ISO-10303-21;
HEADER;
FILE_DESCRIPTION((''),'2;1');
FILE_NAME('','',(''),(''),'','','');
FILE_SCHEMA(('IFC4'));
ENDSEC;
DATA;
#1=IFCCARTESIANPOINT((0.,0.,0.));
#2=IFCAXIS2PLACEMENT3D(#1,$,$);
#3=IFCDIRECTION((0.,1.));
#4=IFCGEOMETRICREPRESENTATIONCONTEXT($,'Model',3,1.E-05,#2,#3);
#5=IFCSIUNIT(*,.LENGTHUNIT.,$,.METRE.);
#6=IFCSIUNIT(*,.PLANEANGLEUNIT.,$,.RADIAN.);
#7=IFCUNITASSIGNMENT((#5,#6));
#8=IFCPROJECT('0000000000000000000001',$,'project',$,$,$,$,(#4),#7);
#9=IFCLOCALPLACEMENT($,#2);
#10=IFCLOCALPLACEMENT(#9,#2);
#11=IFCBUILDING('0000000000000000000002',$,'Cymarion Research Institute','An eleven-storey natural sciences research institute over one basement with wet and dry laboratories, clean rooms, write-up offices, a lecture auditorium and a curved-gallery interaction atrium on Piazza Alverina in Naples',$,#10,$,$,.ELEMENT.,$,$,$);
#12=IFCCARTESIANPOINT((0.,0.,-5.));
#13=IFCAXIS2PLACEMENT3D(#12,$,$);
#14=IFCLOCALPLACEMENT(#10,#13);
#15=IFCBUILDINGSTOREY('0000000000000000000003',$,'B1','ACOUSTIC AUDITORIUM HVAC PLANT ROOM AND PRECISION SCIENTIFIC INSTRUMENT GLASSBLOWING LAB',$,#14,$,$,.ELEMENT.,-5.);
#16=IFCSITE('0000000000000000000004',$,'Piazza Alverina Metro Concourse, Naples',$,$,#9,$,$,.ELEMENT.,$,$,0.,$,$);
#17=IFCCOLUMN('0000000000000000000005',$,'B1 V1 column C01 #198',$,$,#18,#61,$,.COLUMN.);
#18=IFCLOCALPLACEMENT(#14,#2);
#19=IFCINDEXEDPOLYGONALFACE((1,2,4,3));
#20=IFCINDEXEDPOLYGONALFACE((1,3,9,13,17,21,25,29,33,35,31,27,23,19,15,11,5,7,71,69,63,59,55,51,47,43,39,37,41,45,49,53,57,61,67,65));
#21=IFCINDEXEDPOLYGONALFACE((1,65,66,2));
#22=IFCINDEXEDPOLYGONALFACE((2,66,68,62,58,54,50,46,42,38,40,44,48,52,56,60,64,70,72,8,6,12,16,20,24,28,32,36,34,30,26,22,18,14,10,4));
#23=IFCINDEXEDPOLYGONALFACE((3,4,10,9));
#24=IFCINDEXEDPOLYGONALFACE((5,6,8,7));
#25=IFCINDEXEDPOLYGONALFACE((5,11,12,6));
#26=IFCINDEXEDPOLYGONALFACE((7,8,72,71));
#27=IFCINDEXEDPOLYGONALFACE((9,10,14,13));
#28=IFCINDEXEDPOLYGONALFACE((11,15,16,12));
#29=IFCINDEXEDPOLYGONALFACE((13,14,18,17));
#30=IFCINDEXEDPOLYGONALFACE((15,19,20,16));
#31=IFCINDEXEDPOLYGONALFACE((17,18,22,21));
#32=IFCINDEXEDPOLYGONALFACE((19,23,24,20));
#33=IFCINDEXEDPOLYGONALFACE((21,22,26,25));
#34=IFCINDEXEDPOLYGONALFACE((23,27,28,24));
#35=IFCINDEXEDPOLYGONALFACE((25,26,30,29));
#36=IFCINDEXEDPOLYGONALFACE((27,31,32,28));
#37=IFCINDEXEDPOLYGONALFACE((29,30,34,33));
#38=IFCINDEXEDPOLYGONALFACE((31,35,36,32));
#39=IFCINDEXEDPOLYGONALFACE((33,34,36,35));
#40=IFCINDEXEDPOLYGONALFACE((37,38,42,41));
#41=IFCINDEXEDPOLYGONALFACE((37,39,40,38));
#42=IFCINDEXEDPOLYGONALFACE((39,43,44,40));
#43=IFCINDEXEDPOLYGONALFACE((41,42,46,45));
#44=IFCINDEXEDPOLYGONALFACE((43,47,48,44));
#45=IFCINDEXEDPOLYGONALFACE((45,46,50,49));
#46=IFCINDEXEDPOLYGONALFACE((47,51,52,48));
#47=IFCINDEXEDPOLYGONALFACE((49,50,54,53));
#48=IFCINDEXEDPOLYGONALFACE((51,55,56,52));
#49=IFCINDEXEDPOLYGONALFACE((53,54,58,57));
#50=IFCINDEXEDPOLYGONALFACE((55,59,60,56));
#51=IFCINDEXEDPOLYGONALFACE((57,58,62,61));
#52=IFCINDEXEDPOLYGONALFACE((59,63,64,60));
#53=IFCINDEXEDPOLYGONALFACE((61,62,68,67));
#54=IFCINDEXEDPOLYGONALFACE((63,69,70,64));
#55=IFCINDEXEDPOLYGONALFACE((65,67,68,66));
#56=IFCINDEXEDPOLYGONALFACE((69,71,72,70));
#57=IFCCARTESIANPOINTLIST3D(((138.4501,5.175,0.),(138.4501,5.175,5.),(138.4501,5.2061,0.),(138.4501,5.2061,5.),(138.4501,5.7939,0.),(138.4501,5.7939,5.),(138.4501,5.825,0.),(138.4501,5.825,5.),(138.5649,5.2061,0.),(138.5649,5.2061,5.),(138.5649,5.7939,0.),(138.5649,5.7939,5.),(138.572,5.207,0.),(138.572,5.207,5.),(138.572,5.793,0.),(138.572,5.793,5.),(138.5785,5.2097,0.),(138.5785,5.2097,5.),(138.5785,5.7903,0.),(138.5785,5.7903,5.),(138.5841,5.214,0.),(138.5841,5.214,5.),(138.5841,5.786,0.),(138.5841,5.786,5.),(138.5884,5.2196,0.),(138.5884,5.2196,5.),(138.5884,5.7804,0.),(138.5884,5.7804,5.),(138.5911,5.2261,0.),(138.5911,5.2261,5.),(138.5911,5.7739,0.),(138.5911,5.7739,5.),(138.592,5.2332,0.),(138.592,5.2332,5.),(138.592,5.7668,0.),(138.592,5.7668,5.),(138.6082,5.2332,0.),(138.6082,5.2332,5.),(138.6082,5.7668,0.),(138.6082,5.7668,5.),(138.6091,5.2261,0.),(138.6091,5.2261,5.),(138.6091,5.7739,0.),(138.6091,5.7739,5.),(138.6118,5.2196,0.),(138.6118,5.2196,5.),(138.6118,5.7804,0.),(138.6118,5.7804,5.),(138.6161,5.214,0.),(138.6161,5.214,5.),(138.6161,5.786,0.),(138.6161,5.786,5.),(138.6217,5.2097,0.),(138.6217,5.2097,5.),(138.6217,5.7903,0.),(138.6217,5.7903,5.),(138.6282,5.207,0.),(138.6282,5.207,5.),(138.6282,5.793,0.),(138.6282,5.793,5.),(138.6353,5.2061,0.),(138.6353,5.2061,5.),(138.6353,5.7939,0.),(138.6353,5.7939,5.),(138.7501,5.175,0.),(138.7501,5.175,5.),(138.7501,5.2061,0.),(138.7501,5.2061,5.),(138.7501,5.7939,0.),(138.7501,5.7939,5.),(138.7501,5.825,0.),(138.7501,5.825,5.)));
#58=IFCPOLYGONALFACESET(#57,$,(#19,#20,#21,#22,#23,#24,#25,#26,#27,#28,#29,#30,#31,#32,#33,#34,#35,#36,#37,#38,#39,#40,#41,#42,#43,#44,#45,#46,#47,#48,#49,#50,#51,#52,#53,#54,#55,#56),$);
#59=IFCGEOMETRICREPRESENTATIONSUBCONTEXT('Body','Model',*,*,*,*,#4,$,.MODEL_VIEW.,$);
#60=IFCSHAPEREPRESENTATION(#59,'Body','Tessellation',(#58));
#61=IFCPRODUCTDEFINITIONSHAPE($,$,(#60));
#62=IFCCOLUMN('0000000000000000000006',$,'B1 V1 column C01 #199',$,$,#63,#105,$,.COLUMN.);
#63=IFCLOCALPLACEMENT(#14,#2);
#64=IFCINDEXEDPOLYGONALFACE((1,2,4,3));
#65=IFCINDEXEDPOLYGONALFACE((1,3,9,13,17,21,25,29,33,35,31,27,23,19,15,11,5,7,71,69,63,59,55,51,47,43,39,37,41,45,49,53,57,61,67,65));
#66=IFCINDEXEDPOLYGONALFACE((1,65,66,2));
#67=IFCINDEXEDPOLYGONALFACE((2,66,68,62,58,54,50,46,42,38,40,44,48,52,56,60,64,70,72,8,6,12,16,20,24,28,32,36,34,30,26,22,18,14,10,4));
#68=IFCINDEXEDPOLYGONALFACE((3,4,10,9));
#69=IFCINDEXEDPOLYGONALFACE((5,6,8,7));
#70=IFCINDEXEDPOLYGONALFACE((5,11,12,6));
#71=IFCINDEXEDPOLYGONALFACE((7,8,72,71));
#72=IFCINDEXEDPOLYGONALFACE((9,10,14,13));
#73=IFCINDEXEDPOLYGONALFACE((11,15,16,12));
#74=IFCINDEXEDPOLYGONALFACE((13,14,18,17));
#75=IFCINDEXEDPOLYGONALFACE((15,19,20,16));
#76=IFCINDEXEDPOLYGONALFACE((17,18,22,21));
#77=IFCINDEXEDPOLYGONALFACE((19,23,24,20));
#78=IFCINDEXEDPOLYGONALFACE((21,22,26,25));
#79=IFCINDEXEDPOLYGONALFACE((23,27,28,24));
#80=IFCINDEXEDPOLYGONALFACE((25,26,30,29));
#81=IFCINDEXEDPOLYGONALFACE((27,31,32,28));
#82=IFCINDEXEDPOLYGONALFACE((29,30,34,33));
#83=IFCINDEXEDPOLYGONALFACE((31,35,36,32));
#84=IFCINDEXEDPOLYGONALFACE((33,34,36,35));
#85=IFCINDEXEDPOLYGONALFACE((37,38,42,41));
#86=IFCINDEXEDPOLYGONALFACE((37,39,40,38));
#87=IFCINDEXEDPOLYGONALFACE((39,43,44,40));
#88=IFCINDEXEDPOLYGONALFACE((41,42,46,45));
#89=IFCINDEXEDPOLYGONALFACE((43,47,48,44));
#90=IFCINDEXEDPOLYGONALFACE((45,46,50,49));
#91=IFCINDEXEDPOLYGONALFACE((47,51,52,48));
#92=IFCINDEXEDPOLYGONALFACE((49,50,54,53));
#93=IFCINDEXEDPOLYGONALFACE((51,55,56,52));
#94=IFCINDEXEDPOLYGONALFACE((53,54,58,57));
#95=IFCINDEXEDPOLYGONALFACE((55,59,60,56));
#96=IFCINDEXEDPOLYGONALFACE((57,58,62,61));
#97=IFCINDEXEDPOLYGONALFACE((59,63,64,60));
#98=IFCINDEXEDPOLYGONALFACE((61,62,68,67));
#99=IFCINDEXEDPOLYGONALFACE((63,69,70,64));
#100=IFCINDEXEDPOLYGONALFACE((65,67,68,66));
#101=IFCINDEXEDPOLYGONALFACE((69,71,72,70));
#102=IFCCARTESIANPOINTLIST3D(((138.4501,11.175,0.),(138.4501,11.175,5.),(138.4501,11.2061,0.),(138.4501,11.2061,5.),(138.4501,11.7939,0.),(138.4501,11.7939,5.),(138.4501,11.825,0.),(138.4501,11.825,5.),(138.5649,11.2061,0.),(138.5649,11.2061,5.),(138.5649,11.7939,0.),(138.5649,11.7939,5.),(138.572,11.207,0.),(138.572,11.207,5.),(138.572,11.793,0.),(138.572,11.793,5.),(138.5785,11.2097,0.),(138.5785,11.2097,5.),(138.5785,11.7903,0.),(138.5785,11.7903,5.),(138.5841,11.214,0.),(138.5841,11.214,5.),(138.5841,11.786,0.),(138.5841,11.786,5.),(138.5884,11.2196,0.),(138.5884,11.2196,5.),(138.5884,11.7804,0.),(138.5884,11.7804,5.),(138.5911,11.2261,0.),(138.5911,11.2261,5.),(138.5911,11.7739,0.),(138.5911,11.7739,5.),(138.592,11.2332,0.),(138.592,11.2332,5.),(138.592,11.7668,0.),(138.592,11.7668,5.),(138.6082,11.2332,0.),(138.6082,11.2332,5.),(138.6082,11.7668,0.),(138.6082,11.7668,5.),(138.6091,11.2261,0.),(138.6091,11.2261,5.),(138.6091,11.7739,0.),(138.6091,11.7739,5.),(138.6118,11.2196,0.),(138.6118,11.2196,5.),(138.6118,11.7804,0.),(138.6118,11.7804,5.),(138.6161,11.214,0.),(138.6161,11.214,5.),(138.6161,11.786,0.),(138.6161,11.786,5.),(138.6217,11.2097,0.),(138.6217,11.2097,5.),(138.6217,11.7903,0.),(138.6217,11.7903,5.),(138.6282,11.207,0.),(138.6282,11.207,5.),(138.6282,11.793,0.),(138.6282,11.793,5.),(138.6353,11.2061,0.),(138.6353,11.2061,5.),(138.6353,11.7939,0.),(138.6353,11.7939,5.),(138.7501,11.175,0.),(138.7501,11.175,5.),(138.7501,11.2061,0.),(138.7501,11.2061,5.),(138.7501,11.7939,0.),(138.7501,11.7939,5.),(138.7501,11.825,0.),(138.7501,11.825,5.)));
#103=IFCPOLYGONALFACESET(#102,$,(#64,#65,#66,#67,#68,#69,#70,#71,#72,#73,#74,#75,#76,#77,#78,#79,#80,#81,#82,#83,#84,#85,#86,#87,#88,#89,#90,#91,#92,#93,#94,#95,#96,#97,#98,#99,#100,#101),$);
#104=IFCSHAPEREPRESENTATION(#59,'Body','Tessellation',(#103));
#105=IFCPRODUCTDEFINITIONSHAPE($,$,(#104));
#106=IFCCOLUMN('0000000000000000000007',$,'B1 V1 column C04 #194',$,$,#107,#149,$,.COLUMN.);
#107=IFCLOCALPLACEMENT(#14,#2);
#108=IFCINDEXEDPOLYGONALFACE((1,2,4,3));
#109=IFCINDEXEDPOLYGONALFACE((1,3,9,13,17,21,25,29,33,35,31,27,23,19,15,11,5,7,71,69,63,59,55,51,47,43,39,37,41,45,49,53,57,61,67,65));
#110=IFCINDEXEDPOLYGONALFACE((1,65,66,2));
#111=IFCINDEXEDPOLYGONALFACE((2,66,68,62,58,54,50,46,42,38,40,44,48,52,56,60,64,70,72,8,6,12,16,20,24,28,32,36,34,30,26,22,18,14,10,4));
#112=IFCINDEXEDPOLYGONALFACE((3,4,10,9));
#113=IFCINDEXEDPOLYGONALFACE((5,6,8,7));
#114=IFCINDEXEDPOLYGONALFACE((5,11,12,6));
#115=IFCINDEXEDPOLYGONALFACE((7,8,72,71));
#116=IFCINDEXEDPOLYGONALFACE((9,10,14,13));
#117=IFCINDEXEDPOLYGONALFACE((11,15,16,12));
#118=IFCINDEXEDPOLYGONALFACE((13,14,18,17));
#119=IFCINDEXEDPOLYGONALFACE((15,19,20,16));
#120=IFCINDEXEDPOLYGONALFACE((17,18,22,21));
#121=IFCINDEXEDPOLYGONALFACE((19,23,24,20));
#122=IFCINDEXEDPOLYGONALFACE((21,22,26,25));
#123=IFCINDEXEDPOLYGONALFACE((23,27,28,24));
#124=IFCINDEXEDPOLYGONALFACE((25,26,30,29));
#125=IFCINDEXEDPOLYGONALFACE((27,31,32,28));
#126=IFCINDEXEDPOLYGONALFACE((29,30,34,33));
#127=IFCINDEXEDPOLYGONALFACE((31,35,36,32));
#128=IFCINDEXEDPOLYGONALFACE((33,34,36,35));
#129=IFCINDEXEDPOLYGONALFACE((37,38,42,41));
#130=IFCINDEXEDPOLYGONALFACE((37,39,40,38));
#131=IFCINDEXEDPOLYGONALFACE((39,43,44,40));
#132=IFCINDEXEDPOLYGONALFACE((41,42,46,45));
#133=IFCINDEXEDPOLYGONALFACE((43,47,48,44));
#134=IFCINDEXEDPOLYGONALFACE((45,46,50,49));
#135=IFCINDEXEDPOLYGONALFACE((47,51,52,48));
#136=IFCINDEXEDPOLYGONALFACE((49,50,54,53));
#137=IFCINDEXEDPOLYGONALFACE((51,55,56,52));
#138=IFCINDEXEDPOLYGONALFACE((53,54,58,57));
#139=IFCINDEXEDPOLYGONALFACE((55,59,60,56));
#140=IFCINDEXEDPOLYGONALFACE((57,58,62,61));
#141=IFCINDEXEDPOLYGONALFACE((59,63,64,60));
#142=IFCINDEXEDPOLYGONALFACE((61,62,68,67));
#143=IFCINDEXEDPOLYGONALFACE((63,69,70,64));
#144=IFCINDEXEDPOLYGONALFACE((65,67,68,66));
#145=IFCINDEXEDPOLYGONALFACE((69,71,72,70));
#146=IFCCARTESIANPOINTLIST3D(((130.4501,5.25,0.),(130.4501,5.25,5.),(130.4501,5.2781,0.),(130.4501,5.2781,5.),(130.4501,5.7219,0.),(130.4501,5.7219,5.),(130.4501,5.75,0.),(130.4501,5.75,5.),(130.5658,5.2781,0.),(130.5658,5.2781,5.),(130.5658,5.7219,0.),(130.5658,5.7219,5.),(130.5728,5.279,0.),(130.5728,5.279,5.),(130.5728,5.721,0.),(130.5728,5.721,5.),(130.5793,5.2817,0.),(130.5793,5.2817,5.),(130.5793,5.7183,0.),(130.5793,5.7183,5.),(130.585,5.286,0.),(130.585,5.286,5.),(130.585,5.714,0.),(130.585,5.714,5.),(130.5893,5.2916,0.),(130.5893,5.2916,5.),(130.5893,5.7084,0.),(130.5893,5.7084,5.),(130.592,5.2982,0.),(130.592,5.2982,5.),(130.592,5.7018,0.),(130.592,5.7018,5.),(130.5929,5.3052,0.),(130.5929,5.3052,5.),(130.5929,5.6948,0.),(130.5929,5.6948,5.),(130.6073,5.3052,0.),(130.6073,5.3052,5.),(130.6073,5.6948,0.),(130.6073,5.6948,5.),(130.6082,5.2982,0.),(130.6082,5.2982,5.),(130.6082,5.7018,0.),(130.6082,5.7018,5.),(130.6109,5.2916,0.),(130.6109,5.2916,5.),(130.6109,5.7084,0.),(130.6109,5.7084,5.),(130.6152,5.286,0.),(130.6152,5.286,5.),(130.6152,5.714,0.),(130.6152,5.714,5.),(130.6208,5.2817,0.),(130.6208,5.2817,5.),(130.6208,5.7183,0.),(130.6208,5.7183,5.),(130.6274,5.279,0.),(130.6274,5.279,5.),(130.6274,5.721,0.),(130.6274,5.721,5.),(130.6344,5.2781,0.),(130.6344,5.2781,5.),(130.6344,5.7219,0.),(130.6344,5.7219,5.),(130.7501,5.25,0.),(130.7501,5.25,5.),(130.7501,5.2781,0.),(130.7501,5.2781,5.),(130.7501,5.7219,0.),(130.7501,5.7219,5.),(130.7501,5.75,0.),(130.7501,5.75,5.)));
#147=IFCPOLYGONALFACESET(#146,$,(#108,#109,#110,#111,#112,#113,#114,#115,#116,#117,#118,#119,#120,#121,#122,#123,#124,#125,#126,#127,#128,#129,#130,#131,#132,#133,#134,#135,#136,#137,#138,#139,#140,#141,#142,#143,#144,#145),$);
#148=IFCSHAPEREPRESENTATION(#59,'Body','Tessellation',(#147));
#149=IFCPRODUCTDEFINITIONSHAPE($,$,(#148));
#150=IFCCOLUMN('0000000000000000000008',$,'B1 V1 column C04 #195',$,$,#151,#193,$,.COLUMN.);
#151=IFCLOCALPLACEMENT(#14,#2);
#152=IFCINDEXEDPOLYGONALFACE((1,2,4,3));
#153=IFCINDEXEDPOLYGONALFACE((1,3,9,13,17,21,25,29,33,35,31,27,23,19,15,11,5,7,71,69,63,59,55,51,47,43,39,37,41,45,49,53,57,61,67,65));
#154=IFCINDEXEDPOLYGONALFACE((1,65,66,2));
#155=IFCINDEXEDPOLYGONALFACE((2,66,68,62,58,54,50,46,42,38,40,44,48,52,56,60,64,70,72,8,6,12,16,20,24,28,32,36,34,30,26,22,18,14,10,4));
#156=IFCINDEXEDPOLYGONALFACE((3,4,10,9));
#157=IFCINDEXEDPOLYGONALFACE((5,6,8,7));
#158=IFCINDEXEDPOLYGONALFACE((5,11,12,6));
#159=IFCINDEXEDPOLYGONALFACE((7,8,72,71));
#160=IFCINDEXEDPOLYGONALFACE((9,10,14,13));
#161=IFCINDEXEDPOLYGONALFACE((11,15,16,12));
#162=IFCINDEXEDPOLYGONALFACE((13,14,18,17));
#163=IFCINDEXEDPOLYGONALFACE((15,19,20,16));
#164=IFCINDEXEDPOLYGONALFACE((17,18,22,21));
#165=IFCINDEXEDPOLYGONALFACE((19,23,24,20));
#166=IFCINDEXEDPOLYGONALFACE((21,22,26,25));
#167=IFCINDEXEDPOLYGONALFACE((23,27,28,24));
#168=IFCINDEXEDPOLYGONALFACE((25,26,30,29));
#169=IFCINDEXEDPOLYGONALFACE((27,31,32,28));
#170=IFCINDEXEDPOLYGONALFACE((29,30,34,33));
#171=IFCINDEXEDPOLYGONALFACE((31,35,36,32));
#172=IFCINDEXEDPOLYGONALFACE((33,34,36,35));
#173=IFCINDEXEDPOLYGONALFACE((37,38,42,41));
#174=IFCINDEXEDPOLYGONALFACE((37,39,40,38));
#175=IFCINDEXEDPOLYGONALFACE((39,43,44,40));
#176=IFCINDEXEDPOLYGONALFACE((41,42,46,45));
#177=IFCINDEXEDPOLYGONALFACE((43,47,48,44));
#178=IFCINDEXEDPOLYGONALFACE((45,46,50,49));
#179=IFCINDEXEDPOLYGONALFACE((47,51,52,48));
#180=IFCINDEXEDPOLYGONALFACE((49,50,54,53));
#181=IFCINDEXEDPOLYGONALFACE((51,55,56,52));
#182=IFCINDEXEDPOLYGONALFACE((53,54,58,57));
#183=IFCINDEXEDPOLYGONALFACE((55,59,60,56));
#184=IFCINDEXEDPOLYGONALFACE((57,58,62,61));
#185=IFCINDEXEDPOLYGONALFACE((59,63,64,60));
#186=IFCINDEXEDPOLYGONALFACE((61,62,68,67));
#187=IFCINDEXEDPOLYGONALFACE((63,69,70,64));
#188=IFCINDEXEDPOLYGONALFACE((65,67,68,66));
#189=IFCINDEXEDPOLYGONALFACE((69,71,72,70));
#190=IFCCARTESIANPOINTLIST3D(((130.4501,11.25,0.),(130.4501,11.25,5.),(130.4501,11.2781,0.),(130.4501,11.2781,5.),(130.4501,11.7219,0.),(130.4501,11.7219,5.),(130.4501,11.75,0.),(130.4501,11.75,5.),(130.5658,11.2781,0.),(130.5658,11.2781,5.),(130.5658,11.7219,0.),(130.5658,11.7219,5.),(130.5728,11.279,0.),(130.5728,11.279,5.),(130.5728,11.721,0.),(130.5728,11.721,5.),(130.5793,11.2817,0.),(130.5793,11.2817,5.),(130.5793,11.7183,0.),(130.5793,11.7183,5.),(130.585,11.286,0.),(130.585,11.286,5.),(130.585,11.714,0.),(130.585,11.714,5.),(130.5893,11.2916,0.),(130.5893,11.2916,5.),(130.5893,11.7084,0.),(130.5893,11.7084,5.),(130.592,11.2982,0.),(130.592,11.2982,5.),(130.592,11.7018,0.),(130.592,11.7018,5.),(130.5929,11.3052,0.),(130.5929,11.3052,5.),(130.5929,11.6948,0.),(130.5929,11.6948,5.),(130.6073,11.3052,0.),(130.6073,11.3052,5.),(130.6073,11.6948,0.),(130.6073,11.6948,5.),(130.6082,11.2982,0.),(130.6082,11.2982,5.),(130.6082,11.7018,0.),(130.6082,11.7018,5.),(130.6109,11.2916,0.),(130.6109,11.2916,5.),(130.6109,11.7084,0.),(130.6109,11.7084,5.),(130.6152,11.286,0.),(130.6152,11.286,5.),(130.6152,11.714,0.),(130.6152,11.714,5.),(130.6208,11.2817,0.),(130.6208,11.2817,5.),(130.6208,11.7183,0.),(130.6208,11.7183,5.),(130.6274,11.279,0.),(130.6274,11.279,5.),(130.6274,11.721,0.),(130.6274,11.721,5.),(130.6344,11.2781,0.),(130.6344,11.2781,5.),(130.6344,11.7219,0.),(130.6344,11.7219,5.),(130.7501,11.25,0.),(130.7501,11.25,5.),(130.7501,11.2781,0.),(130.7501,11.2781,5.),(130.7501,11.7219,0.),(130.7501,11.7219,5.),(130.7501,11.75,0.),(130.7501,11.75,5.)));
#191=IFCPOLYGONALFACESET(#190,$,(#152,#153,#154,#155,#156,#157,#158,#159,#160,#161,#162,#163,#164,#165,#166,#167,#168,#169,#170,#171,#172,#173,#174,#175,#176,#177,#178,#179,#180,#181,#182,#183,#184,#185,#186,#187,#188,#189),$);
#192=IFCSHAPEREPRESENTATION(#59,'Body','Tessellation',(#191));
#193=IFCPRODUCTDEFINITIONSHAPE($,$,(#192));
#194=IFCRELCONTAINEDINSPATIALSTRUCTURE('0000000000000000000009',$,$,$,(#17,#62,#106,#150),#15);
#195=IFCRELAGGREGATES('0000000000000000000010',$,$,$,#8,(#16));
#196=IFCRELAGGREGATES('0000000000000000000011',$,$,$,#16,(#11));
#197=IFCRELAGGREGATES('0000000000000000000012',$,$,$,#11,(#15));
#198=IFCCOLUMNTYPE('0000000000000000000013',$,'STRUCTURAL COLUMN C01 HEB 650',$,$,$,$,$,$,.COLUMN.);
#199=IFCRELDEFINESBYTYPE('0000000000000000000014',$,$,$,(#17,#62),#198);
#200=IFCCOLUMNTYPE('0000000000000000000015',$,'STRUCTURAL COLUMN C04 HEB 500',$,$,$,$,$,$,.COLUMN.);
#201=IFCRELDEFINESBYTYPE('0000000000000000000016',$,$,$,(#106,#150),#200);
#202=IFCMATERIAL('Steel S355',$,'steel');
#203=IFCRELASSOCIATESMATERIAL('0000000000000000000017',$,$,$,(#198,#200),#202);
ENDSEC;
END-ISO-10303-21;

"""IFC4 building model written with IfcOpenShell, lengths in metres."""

from ifc_helpers import new_model, si_unit, direction, frame, origin, origin_2d, place, context, subcontext, project, spatial, i_section, extrude, material, material_profile, profile_set, type_object, element, save


model = new_model("IFC4")

# Units and contexts
model_context = context("Model", 3, precision=1e-05, world=origin(), true_north=direction((0.0, 1.0)))
body_context = subcontext(model_context, "Body", "Model", "MODEL_VIEW")
ifc_project = project(units=[si_unit("LENGTHUNIT", "METRE"), si_unit("PLANEANGLEUNIT", "RADIAN")], contexts=[model_context])

# Site, building, storey
site_placement = place(None, origin())
site = spatial("IfcSite", under=ifc_project, at=site_placement, Name="Piazza Alverina Metro Concourse, Naples", CompositionType="ELEMENT", RefElevation=0.0)
building_placement = place(site_placement, origin())
building = spatial("IfcBuilding", under=site, at=building_placement, Name="Cymarion Research Institute", Description="An eleven-storey natural sciences research institute over one basement with wet and dry laboratories, clean rooms, write-up offices, a lecture auditorium and a curved-gallery interaction atrium on Piazza Alverina in Naples", CompositionType="ELEMENT")
storey_placement = place(building_placement, frame((0.0, 0.0, -5.0)))
storey = spatial("IfcBuildingStorey", under=building, at=storey_placement, Name="B1", Description="ACOUSTIC AUDITORIUM HVAC PLANT ROOM AND PRECISION SCIENTIFIC INSTRUMENT GLASSBLOWING LAB", CompositionType="ELEMENT", Elevation=-5.0)

# Columns
ifc_material_1 = material(Name="Steel S355", Category="steel")
ifc_material_profile_1 = material_profile(ifc_material_1, i_section(OverallWidth=0.3, OverallDepth=0.6499, WebThickness=0.0161, FlangeThickness=0.031, FilletRadius=0.0271, at=origin_2d()), Name="HEB 650")
ifc_profile_set_1 = profile_set([ifc_material_profile_1], Name="Steel S355")
column_type_1 = type_object("IfcColumnType", Name="STRUCTURAL COLUMN C01 HEB 650", PredefinedType="COLUMN", material=ifc_profile_set_1)
for number, where, z_axis, x_axis, name in (
    (1, (138.6001, 5.5, 0.0), (0.0, 0.0, 1.0), (1.0, 0.0, 0.0), "B1 V1 column C01 #198"),
    (2, (138.6001, 11.5, 0.0), (0.0, 0.0, 1.0), (1.0, 0.0, 0.0), "B1 V1 column C01 #199"),
):
    element("IfcColumn", number, at=place(storey_placement, frame(where, z_axis=z_axis, x_axis=x_axis)), inside=storey, type_object=column_type_1, Name=name, PredefinedType="COLUMN", context=body_context, shape_type="SweptSolid", body=[
        extrude(i_section(OverallWidth=0.3, OverallDepth=0.6499, WebThickness=0.0161, FlangeThickness=0.031, FilletRadius=0.0271, at=origin_2d()), origin(), (0.0, 0.0, 1.0), 5.0),
    ])
ifc_material_profile_2 = material_profile(ifc_material_1, i_section(OverallWidth=0.3, OverallDepth=0.5, WebThickness=0.0144, FlangeThickness=0.0281, FilletRadius=0.0271, at=origin_2d()), Name="HEB 500")
ifc_profile_set_2 = profile_set([ifc_material_profile_2], Name="Steel S355")
column_type_2 = type_object("IfcColumnType", Name="STRUCTURAL COLUMN C04 HEB 500", PredefinedType="COLUMN", material=ifc_profile_set_2)
for number, where, z_axis, x_axis, name in (
    (3, (130.6001, 5.5, 0.0), (0.0, 0.0, 1.0), (1.0, 0.0, 0.0), "B1 V1 column C04 #194"),
    (4, (130.6001, 11.5, 0.0), (0.0, 0.0, 1.0), (1.0, 0.0, 0.0), "B1 V1 column C04 #195"),
):
    element("IfcColumn", number, at=place(storey_placement, frame(where, z_axis=z_axis, x_axis=x_axis)), inside=storey, type_object=column_type_2, Name=name, PredefinedType="COLUMN", context=body_context, shape_type="SweptSolid", body=[
        extrude(i_section(OverallWidth=0.3, OverallDepth=0.5, WebThickness=0.0144, FlangeThickness=0.0281, FilletRadius=0.0271, at=origin_2d()), origin(), (0.0, 0.0, 1.0), 5.0),
    ])

save(model, "model.ifc")
